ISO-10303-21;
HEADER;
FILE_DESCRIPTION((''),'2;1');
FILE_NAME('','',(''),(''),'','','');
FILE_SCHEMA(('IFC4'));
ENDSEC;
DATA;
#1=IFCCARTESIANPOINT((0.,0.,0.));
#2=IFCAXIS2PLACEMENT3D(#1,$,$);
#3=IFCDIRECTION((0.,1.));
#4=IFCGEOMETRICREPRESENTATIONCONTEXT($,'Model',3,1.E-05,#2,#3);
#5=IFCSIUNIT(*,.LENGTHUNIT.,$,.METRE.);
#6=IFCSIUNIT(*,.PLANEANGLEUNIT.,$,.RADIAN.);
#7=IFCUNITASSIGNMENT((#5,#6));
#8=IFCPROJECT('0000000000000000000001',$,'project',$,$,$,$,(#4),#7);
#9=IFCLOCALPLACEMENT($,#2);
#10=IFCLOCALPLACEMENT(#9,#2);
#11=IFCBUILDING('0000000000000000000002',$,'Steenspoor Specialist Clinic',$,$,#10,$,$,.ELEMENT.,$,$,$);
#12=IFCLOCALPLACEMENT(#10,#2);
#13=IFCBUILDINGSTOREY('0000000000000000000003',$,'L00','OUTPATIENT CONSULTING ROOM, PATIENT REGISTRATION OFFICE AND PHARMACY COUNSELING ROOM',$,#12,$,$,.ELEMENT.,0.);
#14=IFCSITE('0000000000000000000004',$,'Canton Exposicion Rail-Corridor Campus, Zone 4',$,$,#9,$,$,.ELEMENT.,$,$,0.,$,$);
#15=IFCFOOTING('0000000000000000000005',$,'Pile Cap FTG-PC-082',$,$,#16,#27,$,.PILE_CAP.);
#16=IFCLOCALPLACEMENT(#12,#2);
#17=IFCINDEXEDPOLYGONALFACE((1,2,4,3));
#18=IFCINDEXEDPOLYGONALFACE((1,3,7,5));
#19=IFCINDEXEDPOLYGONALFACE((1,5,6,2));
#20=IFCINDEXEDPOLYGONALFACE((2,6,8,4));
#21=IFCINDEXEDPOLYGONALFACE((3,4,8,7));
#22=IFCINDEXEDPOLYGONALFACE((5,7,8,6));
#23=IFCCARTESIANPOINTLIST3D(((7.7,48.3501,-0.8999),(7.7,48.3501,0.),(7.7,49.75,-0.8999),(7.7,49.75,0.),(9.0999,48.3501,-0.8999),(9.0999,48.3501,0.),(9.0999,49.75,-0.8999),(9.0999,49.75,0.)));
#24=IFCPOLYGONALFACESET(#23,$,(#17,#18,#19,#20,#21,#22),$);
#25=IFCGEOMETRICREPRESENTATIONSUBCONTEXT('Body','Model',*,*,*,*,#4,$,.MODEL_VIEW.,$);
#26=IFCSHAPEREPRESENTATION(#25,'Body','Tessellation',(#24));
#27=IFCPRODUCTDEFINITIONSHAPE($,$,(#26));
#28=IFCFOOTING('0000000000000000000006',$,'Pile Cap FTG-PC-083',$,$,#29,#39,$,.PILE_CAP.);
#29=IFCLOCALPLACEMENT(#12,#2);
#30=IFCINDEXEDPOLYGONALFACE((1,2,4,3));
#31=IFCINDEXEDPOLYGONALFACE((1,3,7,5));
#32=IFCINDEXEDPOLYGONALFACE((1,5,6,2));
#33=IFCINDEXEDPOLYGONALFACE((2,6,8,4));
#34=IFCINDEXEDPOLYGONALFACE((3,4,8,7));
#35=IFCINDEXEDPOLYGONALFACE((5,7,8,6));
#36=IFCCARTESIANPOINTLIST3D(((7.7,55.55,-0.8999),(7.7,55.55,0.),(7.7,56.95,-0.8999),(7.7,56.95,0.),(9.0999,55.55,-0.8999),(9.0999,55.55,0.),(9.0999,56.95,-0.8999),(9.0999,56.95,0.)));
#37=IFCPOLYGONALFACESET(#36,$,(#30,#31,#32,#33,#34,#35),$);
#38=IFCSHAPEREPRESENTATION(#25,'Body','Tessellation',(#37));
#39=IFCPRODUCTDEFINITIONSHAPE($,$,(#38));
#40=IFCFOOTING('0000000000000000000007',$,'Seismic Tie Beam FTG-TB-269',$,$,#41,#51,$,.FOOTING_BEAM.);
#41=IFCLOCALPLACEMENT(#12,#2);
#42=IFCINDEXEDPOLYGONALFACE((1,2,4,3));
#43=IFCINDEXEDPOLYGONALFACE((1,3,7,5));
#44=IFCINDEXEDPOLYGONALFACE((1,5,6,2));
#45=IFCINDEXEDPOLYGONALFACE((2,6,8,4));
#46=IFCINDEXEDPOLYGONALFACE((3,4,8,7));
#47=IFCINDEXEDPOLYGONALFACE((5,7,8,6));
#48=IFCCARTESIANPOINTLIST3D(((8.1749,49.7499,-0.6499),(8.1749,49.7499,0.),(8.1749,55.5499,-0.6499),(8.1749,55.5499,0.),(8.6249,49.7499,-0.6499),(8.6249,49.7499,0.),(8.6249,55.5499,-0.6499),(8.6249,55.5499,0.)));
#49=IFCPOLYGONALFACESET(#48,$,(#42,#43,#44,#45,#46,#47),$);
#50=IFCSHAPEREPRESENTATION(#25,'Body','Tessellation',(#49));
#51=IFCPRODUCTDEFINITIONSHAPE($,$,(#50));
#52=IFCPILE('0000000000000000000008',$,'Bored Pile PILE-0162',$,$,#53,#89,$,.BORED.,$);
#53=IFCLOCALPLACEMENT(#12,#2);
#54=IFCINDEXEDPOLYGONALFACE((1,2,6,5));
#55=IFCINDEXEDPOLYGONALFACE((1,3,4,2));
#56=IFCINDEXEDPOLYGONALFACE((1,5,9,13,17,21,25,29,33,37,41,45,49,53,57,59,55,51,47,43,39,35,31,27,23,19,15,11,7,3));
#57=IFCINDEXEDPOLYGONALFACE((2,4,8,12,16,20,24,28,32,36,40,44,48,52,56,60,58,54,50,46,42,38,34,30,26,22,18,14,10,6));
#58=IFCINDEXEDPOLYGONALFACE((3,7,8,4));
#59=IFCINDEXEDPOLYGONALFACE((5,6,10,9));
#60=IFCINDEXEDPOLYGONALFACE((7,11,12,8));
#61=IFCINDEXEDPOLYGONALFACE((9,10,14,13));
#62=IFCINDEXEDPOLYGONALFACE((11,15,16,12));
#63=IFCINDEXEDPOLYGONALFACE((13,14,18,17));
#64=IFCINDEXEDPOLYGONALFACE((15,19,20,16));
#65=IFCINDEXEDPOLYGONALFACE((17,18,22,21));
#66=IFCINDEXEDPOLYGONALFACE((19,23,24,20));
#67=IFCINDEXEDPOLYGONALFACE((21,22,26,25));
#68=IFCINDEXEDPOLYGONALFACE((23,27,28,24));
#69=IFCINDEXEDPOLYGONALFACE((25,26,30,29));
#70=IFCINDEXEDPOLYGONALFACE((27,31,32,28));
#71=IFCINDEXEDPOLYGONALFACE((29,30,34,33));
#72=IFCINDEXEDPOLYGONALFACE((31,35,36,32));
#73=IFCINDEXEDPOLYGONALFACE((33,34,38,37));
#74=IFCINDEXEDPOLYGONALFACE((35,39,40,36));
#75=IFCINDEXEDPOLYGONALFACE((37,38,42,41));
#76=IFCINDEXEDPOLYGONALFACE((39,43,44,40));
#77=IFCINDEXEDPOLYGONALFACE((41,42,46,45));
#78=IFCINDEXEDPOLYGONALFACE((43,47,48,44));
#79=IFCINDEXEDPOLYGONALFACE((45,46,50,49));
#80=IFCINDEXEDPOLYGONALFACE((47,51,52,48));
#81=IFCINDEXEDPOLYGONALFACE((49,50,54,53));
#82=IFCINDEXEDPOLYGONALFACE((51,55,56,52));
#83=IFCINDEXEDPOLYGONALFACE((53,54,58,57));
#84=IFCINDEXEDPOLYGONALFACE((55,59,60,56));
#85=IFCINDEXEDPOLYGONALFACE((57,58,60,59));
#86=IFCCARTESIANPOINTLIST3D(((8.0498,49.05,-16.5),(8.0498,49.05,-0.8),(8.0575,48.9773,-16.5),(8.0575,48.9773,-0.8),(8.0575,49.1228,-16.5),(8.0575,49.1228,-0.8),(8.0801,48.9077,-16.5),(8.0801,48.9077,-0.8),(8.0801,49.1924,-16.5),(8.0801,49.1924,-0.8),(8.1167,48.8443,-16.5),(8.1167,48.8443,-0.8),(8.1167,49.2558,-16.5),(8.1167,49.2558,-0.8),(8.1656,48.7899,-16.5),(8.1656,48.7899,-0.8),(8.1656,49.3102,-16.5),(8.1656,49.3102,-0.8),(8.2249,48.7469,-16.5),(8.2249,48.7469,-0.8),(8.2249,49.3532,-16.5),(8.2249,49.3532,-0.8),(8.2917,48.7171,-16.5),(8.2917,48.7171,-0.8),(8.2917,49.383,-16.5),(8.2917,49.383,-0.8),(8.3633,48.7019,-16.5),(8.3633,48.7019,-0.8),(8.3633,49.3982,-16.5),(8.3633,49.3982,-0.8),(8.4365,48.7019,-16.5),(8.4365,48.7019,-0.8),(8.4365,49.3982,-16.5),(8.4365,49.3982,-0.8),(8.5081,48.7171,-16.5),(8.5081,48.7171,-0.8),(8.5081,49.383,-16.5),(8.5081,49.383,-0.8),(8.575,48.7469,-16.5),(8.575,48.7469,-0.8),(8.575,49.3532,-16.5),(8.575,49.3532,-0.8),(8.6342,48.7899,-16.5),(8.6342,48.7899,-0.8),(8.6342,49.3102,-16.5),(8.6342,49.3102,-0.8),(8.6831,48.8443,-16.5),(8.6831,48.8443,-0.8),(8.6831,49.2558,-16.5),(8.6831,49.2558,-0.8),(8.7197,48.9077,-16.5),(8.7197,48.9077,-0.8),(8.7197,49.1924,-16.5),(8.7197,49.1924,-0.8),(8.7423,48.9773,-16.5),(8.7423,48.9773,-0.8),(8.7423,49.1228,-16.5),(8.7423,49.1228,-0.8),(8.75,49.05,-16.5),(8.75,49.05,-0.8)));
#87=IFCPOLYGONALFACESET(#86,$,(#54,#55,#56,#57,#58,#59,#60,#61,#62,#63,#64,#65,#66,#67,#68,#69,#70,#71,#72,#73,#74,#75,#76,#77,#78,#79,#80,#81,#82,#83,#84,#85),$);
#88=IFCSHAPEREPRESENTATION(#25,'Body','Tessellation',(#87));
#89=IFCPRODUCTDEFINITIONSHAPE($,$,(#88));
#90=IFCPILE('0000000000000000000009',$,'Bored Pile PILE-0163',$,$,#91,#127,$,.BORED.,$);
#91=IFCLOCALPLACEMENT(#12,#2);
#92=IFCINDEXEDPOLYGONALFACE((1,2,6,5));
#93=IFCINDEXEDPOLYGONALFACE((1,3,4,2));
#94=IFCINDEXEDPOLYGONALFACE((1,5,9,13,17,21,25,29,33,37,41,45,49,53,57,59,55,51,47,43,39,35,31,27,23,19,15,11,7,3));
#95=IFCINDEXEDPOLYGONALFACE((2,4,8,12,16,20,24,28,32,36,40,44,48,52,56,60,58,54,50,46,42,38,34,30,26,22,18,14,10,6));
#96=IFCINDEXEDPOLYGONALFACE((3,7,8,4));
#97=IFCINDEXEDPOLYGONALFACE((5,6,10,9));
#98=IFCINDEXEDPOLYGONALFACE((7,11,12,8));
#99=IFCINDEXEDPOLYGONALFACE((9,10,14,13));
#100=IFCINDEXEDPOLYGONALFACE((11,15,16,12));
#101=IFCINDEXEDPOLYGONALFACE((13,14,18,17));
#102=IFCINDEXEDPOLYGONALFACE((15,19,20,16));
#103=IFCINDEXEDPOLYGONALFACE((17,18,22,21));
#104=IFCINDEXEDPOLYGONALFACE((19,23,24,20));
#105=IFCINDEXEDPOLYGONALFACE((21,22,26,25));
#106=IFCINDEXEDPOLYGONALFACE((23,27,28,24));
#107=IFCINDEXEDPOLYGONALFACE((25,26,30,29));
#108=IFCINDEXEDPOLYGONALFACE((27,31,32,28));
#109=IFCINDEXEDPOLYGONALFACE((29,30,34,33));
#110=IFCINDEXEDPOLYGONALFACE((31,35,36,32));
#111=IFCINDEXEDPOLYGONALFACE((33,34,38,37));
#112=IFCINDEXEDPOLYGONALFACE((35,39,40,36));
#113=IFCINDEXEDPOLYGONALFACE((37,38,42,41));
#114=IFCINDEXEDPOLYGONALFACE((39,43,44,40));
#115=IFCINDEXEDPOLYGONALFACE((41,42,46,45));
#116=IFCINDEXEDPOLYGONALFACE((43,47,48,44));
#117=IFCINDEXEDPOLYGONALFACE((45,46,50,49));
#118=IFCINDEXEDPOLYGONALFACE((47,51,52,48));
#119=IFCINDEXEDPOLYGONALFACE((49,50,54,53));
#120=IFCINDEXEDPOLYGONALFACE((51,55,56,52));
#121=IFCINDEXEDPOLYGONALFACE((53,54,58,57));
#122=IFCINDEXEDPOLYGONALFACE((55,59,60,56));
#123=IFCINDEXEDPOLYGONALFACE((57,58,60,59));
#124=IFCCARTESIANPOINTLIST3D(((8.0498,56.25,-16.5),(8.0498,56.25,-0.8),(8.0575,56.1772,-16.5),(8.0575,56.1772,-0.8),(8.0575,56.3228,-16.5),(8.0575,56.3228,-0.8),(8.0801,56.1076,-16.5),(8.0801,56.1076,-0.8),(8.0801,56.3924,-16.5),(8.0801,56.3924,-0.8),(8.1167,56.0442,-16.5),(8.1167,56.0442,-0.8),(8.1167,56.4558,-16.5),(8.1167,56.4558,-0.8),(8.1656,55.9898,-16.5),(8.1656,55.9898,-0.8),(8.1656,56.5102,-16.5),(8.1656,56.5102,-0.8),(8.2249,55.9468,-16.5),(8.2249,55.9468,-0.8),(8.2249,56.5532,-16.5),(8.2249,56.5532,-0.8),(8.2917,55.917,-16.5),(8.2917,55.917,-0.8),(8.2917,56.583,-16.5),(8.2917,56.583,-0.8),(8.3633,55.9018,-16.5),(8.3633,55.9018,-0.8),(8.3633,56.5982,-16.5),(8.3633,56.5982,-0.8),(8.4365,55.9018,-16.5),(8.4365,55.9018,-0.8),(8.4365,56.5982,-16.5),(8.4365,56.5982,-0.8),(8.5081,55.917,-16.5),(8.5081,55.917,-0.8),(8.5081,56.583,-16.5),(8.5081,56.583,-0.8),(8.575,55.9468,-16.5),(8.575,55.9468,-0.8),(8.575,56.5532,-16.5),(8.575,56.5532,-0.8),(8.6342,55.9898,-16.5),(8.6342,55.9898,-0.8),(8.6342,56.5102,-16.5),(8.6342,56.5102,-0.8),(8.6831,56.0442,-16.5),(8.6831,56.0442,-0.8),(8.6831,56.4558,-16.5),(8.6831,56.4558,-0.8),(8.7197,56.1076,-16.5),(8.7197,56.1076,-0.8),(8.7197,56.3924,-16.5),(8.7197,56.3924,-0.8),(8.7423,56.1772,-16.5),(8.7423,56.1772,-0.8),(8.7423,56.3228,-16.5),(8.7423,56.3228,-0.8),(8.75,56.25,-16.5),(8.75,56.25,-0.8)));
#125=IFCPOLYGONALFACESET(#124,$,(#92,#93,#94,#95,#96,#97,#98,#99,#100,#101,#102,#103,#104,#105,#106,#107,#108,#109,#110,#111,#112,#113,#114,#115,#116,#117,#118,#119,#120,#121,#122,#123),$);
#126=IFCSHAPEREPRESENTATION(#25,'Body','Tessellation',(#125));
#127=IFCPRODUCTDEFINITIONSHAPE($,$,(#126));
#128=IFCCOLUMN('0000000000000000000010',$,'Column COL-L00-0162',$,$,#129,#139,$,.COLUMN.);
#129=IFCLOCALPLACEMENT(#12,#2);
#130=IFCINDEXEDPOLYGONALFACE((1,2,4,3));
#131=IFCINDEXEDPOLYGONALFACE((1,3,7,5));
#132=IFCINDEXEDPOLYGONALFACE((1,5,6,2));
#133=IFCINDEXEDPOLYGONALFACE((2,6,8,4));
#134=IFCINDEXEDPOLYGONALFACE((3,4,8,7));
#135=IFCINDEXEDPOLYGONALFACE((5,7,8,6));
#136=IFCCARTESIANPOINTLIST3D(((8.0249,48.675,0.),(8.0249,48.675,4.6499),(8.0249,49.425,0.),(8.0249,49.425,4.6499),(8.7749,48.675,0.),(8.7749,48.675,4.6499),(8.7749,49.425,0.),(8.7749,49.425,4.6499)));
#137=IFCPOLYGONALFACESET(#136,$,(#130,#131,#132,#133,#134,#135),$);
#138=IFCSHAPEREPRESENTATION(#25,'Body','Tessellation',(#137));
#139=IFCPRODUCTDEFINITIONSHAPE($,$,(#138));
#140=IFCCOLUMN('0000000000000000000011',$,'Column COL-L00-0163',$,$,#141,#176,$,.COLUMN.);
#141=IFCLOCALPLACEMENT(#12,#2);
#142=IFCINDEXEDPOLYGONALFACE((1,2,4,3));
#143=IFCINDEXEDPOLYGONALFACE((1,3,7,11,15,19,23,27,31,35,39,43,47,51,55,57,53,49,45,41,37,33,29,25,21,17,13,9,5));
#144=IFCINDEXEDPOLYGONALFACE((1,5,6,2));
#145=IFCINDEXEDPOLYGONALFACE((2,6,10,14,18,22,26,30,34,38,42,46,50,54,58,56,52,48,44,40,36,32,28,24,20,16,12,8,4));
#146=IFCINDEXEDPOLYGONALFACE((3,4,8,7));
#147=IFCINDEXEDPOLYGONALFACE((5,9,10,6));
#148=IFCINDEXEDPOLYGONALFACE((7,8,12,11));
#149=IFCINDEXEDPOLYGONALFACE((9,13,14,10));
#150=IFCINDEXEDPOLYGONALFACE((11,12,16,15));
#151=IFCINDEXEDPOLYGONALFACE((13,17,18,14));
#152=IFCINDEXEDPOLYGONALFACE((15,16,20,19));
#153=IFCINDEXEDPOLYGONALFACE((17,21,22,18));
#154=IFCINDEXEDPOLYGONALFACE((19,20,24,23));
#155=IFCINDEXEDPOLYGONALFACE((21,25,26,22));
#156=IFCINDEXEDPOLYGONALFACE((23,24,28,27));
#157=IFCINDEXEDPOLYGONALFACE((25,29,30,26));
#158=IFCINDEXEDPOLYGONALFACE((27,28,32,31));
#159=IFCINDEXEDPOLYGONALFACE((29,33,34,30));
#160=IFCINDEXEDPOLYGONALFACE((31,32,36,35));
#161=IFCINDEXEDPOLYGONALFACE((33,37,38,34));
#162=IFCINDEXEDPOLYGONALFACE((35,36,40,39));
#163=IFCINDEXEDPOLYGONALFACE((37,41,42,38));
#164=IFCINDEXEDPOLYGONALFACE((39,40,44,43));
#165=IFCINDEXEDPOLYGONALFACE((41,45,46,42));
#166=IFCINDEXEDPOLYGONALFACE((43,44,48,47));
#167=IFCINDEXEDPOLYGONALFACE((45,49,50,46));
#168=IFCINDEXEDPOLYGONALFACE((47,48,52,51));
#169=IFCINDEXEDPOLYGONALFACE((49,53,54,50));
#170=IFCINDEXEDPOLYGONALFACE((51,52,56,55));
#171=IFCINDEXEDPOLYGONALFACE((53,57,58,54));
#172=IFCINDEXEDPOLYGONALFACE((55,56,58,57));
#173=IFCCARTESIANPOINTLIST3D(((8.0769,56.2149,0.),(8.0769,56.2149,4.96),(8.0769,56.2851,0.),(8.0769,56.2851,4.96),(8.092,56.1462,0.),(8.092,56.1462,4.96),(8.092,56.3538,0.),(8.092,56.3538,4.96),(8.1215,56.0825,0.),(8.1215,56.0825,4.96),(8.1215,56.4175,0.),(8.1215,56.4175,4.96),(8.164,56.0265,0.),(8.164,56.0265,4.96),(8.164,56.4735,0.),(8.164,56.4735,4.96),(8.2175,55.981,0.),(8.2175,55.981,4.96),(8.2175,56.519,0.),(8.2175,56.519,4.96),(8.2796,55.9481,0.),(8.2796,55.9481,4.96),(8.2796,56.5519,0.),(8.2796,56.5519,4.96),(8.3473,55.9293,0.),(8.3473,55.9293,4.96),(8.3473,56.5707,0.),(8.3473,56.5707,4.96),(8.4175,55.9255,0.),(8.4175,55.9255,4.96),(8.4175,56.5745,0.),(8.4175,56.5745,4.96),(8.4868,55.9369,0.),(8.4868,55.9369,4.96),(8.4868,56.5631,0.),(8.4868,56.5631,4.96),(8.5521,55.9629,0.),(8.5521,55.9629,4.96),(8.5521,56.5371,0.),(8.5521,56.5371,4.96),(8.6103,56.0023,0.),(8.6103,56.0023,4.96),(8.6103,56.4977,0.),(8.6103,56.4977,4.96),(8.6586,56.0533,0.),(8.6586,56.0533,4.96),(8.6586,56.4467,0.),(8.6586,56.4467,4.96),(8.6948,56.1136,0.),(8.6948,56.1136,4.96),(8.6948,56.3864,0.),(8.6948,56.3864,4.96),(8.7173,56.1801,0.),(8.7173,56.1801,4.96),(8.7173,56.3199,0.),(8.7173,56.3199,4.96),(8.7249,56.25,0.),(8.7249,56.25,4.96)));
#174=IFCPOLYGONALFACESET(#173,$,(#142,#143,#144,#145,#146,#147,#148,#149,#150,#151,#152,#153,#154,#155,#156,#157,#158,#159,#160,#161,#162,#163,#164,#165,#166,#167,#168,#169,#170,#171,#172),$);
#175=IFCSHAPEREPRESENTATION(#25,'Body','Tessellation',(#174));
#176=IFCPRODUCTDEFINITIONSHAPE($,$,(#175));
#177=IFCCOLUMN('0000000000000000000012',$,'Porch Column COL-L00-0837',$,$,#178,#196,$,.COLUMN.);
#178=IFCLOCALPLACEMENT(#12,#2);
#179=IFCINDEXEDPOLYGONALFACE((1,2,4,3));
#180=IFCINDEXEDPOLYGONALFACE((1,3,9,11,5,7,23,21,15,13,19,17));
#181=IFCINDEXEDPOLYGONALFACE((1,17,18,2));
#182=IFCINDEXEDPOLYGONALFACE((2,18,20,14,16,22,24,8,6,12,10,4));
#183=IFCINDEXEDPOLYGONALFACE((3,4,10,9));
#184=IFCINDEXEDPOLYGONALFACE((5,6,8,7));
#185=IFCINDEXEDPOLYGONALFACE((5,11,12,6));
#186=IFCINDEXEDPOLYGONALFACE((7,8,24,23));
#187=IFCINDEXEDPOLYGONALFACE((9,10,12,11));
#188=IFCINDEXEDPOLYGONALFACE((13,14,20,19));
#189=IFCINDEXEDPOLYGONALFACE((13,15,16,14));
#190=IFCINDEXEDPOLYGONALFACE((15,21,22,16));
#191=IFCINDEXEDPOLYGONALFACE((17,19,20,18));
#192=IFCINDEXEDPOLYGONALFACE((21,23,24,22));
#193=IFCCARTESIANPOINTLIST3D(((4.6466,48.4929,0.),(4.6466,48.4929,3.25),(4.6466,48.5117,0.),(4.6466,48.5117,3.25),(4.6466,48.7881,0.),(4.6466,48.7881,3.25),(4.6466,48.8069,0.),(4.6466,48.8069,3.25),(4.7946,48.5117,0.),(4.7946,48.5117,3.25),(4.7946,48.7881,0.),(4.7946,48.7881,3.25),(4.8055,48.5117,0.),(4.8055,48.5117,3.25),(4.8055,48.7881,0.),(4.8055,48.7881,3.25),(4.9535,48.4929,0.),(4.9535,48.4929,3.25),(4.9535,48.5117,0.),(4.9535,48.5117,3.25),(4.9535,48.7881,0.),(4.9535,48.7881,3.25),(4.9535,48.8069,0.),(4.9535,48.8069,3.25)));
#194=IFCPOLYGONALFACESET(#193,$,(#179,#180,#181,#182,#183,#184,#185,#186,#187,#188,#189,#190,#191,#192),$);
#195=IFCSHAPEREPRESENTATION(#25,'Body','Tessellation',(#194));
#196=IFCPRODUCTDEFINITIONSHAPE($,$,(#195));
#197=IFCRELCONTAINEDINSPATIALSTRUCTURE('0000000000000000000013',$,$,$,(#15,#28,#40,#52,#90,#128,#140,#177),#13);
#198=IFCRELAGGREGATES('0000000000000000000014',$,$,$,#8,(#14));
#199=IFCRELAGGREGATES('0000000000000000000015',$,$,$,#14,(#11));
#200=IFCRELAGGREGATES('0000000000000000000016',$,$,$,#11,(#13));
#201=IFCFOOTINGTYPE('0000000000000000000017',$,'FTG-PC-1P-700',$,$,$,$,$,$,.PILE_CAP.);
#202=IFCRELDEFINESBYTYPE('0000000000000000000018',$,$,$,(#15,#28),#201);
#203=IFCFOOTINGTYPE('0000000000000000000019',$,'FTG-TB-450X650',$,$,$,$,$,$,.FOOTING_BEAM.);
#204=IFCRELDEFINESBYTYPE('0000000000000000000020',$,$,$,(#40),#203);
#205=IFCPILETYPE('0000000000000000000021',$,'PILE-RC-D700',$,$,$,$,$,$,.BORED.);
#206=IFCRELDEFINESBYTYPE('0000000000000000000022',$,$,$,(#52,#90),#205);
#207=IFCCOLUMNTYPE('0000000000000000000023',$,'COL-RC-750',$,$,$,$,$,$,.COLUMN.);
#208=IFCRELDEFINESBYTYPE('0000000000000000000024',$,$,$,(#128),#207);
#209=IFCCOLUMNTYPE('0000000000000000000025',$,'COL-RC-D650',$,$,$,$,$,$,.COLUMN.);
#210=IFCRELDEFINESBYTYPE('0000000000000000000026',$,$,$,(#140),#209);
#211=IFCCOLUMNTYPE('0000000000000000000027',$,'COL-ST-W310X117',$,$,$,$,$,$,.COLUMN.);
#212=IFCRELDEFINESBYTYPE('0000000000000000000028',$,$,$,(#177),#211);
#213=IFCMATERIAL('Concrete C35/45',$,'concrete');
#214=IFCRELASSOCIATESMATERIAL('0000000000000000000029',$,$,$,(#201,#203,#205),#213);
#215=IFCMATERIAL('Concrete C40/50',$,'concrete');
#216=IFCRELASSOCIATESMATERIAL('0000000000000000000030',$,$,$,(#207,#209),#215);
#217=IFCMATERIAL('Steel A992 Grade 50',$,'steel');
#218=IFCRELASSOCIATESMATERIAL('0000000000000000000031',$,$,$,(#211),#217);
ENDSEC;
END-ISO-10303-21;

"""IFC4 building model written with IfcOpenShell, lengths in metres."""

from ifc_helpers import new_model, si_unit, direction, frame, origin, origin_2d, place, context, subcontext, project, spatial, rectangle, circle, i_section, extrude, material, material_profile, profile_set, type_object, element, save


model = new_model("IFC4")

# Units and contexts
model_context = context("Model", 3, precision=1e-05, world=origin(), true_north=direction((0.0, 1.0)))
body_context = subcontext(model_context, "Body", "Model", "MODEL_VIEW")
ifc_project = project(units=[si_unit("LENGTHUNIT", "METRE"), si_unit("PLANEANGLEUNIT", "RADIAN")], contexts=[model_context])

# Site, building, storey
site_placement = place(None, origin())
site = spatial("IfcSite", under=ifc_project, at=site_placement, Name="Canton Exposicion Rail-Corridor Campus, Zone 4", CompositionType="ELEMENT", RefElevation=0.0)
building_placement = place(site_placement, origin())
building = spatial("IfcBuilding", under=site, at=building_placement, Name="Steenspoor Specialist Clinic", CompositionType="ELEMENT")
storey_placement = place(building_placement, origin())
storey = spatial("IfcBuildingStorey", under=building, at=storey_placement, Name="L00", Description="OUTPATIENT CONSULTING ROOM, PATIENT REGISTRATION OFFICE AND PHARMACY COUNSELING ROOM", CompositionType="ELEMENT", Elevation=0.0)

# Footings
ifc_material_1 = material(Name="Concrete C35/45", Category="concrete")
footing_type_1 = type_object("IfcFootingType", Name="FTG-PC-1P-700", PredefinedType="PILE_CAP", material=ifc_material_1)
for number, where, z_axis, x_axis, name in (
    (1, (8.3999, 49.05, -0.8999), (0.0, 0.0, 1.0), (1.0, 0.0, 0.0), "Pile Cap FTG-PC-082"),
    (2, (8.3999, 56.25, -0.8999), (0.0, 0.0, 1.0), (1.0, 0.0, 0.0), "Pile Cap FTG-PC-083"),
):
    element("IfcFooting", number, at=place(storey_placement, frame(where, z_axis=z_axis, x_axis=x_axis)), inside=storey, type_object=footing_type_1, Name=name, PredefinedType="PILE_CAP", context=body_context, shape_type="SweptSolid", body=[
        extrude(rectangle(XDim=1.3999, YDim=1.3999, at=origin_2d()), origin(), (0.0, 0.0, 1.0), 0.8999),
    ])
footing_type_2 = type_object("IfcFootingType", Name="FTG-TB-450X650", PredefinedType="FOOTING_BEAM", material=ifc_material_1)
footing_placement = place(storey_placement, frame((8.3999, 52.6499, -0.6499), z_axis=(0.0, 0.0, 1.0), x_axis=(1.0, 0.0, 0.0)))
element("IfcFooting", 3, at=footing_placement, inside=storey, type_object=footing_type_2, Name="Seismic Tie Beam FTG-TB-269", PredefinedType="FOOTING_BEAM", context=body_context, shape_type="SweptSolid", body=[
    extrude(rectangle(XDim=0.45, YDim=5.8, at=origin_2d()), origin(), (0.0, 0.0, 1.0), 0.6499),
])

# Piles
ifc_material_profile_1 = material_profile(ifc_material_1, circle(Radius=0.3501, at=origin_2d()), Name="PILE-D700")
ifc_profile_set_1 = profile_set([ifc_material_profile_1], Name="Concrete C35/45")
pile_type = type_object("IfcPileType", Name="PILE-RC-D700", PredefinedType="BORED", material=ifc_profile_set_1)
for number, where, z_axis, x_axis, name in (
    (4, (8.3999, 49.05, -0.8), (0.0, 0.0, -1.0), (1.0, 0.0, 0.0), "Bored Pile PILE-0162"),
    (5, (8.3999, 56.25, -0.8), (0.0, 0.0, -1.0), (1.0, 0.0, 0.0), "Bored Pile PILE-0163"),
):
    element("IfcPile", number, at=place(storey_placement, frame(where, z_axis=z_axis, x_axis=x_axis)), inside=storey, type_object=pile_type, Name=name, PredefinedType="BORED", context=body_context, shape_type="SweptSolid", body=[
        extrude(circle(Radius=0.3501, at=origin_2d()), origin(), (0.0, 0.0, 1.0), 15.7),
    ])

# Columns
ifc_material_2 = material(Name="Concrete C40/50", Category="concrete")
ifc_material_profile_2 = material_profile(ifc_material_2, rectangle(XDim=0.75, YDim=0.75, at=origin_2d()), Name="RC-COL-750X750")
ifc_profile_set_2 = profile_set([ifc_material_profile_2], Name="Concrete C40/50")
column_type_1 = type_object("IfcColumnType", Name="COL-RC-750", PredefinedType="COLUMN", material=ifc_profile_set_2)
column_1_placement = place(storey_placement, frame((8.3999, 49.05, 0.0), z_axis=(0.0, 0.0, 1.0), x_axis=(1.0, 0.0, 0.0)))
element("IfcColumn", 6, at=column_1_placement, inside=storey, type_object=column_type_1, Name="Column COL-L00-0162", PredefinedType="COLUMN", context=body_context, shape_type="SweptSolid", body=[
    extrude(rectangle(XDim=0.75, YDim=0.75, at=origin_2d()), origin(), (0.0, 0.0, 1.0), 4.6499),
])
ifc_material_profile_3 = material_profile(ifc_material_2, circle(Radius=0.325, at=origin_2d()), Name="RC-COL-D650")
ifc_profile_set_3 = profile_set([ifc_material_profile_3], Name="Concrete C40/50")
column_type_2 = type_object("IfcColumnType", Name="COL-RC-D650", PredefinedType="COLUMN", material=ifc_profile_set_3)
column_2_placement = place(storey_placement, frame((8.3999, 56.25, 0.0), z_axis=(0.0, 0.0, 1.0), x_axis=(1.0, 0.0, 0.0)))
element("IfcColumn", 7, at=column_2_placement, inside=storey, type_object=column_type_2, Name="Column COL-L00-0163", PredefinedType="COLUMN", context=body_context, shape_type="SweptSolid", body=[
    extrude(circle(Radius=0.325, at=origin_2d()), origin(), (0.0, 0.0, 1.0), 4.96),
])
ifc_material_3 = material(Name="Steel A992 Grade 50", Category="steel")
ifc_material_profile_4 = material_profile(ifc_material_3, i_section(OverallWidth=0.3069, OverallDepth=0.314, WebThickness=0.011, FlangeThickness=0.0188, at=origin_2d()), Name="W310X117")
ifc_profile_set_4 = profile_set([ifc_material_profile_4], Name="Steel A992 Grade 50")
column_type_3 = type_object("IfcColumnType", Name="COL-ST-W310X117", PredefinedType="COLUMN", material=ifc_profile_set_4)
column_3_placement = place(storey_placement, frame((4.8, 48.6499, 0.0), z_axis=(0.0, 0.0, 1.0), x_axis=(1.0, 0.0, 0.0)))
element("IfcColumn", 8, at=column_3_placement, inside=storey, type_object=column_type_3, Name="Porch Column COL-L00-0837", PredefinedType="COLUMN", context=body_context, shape_type="SweptSolid", body=[
    extrude(i_section(OverallWidth=0.3069, OverallDepth=0.314, WebThickness=0.011, FlangeThickness=0.0188, at=origin_2d()), origin(), (0.0, 0.0, 1.0), 3.25),
])

save(model, "model.ifc")
